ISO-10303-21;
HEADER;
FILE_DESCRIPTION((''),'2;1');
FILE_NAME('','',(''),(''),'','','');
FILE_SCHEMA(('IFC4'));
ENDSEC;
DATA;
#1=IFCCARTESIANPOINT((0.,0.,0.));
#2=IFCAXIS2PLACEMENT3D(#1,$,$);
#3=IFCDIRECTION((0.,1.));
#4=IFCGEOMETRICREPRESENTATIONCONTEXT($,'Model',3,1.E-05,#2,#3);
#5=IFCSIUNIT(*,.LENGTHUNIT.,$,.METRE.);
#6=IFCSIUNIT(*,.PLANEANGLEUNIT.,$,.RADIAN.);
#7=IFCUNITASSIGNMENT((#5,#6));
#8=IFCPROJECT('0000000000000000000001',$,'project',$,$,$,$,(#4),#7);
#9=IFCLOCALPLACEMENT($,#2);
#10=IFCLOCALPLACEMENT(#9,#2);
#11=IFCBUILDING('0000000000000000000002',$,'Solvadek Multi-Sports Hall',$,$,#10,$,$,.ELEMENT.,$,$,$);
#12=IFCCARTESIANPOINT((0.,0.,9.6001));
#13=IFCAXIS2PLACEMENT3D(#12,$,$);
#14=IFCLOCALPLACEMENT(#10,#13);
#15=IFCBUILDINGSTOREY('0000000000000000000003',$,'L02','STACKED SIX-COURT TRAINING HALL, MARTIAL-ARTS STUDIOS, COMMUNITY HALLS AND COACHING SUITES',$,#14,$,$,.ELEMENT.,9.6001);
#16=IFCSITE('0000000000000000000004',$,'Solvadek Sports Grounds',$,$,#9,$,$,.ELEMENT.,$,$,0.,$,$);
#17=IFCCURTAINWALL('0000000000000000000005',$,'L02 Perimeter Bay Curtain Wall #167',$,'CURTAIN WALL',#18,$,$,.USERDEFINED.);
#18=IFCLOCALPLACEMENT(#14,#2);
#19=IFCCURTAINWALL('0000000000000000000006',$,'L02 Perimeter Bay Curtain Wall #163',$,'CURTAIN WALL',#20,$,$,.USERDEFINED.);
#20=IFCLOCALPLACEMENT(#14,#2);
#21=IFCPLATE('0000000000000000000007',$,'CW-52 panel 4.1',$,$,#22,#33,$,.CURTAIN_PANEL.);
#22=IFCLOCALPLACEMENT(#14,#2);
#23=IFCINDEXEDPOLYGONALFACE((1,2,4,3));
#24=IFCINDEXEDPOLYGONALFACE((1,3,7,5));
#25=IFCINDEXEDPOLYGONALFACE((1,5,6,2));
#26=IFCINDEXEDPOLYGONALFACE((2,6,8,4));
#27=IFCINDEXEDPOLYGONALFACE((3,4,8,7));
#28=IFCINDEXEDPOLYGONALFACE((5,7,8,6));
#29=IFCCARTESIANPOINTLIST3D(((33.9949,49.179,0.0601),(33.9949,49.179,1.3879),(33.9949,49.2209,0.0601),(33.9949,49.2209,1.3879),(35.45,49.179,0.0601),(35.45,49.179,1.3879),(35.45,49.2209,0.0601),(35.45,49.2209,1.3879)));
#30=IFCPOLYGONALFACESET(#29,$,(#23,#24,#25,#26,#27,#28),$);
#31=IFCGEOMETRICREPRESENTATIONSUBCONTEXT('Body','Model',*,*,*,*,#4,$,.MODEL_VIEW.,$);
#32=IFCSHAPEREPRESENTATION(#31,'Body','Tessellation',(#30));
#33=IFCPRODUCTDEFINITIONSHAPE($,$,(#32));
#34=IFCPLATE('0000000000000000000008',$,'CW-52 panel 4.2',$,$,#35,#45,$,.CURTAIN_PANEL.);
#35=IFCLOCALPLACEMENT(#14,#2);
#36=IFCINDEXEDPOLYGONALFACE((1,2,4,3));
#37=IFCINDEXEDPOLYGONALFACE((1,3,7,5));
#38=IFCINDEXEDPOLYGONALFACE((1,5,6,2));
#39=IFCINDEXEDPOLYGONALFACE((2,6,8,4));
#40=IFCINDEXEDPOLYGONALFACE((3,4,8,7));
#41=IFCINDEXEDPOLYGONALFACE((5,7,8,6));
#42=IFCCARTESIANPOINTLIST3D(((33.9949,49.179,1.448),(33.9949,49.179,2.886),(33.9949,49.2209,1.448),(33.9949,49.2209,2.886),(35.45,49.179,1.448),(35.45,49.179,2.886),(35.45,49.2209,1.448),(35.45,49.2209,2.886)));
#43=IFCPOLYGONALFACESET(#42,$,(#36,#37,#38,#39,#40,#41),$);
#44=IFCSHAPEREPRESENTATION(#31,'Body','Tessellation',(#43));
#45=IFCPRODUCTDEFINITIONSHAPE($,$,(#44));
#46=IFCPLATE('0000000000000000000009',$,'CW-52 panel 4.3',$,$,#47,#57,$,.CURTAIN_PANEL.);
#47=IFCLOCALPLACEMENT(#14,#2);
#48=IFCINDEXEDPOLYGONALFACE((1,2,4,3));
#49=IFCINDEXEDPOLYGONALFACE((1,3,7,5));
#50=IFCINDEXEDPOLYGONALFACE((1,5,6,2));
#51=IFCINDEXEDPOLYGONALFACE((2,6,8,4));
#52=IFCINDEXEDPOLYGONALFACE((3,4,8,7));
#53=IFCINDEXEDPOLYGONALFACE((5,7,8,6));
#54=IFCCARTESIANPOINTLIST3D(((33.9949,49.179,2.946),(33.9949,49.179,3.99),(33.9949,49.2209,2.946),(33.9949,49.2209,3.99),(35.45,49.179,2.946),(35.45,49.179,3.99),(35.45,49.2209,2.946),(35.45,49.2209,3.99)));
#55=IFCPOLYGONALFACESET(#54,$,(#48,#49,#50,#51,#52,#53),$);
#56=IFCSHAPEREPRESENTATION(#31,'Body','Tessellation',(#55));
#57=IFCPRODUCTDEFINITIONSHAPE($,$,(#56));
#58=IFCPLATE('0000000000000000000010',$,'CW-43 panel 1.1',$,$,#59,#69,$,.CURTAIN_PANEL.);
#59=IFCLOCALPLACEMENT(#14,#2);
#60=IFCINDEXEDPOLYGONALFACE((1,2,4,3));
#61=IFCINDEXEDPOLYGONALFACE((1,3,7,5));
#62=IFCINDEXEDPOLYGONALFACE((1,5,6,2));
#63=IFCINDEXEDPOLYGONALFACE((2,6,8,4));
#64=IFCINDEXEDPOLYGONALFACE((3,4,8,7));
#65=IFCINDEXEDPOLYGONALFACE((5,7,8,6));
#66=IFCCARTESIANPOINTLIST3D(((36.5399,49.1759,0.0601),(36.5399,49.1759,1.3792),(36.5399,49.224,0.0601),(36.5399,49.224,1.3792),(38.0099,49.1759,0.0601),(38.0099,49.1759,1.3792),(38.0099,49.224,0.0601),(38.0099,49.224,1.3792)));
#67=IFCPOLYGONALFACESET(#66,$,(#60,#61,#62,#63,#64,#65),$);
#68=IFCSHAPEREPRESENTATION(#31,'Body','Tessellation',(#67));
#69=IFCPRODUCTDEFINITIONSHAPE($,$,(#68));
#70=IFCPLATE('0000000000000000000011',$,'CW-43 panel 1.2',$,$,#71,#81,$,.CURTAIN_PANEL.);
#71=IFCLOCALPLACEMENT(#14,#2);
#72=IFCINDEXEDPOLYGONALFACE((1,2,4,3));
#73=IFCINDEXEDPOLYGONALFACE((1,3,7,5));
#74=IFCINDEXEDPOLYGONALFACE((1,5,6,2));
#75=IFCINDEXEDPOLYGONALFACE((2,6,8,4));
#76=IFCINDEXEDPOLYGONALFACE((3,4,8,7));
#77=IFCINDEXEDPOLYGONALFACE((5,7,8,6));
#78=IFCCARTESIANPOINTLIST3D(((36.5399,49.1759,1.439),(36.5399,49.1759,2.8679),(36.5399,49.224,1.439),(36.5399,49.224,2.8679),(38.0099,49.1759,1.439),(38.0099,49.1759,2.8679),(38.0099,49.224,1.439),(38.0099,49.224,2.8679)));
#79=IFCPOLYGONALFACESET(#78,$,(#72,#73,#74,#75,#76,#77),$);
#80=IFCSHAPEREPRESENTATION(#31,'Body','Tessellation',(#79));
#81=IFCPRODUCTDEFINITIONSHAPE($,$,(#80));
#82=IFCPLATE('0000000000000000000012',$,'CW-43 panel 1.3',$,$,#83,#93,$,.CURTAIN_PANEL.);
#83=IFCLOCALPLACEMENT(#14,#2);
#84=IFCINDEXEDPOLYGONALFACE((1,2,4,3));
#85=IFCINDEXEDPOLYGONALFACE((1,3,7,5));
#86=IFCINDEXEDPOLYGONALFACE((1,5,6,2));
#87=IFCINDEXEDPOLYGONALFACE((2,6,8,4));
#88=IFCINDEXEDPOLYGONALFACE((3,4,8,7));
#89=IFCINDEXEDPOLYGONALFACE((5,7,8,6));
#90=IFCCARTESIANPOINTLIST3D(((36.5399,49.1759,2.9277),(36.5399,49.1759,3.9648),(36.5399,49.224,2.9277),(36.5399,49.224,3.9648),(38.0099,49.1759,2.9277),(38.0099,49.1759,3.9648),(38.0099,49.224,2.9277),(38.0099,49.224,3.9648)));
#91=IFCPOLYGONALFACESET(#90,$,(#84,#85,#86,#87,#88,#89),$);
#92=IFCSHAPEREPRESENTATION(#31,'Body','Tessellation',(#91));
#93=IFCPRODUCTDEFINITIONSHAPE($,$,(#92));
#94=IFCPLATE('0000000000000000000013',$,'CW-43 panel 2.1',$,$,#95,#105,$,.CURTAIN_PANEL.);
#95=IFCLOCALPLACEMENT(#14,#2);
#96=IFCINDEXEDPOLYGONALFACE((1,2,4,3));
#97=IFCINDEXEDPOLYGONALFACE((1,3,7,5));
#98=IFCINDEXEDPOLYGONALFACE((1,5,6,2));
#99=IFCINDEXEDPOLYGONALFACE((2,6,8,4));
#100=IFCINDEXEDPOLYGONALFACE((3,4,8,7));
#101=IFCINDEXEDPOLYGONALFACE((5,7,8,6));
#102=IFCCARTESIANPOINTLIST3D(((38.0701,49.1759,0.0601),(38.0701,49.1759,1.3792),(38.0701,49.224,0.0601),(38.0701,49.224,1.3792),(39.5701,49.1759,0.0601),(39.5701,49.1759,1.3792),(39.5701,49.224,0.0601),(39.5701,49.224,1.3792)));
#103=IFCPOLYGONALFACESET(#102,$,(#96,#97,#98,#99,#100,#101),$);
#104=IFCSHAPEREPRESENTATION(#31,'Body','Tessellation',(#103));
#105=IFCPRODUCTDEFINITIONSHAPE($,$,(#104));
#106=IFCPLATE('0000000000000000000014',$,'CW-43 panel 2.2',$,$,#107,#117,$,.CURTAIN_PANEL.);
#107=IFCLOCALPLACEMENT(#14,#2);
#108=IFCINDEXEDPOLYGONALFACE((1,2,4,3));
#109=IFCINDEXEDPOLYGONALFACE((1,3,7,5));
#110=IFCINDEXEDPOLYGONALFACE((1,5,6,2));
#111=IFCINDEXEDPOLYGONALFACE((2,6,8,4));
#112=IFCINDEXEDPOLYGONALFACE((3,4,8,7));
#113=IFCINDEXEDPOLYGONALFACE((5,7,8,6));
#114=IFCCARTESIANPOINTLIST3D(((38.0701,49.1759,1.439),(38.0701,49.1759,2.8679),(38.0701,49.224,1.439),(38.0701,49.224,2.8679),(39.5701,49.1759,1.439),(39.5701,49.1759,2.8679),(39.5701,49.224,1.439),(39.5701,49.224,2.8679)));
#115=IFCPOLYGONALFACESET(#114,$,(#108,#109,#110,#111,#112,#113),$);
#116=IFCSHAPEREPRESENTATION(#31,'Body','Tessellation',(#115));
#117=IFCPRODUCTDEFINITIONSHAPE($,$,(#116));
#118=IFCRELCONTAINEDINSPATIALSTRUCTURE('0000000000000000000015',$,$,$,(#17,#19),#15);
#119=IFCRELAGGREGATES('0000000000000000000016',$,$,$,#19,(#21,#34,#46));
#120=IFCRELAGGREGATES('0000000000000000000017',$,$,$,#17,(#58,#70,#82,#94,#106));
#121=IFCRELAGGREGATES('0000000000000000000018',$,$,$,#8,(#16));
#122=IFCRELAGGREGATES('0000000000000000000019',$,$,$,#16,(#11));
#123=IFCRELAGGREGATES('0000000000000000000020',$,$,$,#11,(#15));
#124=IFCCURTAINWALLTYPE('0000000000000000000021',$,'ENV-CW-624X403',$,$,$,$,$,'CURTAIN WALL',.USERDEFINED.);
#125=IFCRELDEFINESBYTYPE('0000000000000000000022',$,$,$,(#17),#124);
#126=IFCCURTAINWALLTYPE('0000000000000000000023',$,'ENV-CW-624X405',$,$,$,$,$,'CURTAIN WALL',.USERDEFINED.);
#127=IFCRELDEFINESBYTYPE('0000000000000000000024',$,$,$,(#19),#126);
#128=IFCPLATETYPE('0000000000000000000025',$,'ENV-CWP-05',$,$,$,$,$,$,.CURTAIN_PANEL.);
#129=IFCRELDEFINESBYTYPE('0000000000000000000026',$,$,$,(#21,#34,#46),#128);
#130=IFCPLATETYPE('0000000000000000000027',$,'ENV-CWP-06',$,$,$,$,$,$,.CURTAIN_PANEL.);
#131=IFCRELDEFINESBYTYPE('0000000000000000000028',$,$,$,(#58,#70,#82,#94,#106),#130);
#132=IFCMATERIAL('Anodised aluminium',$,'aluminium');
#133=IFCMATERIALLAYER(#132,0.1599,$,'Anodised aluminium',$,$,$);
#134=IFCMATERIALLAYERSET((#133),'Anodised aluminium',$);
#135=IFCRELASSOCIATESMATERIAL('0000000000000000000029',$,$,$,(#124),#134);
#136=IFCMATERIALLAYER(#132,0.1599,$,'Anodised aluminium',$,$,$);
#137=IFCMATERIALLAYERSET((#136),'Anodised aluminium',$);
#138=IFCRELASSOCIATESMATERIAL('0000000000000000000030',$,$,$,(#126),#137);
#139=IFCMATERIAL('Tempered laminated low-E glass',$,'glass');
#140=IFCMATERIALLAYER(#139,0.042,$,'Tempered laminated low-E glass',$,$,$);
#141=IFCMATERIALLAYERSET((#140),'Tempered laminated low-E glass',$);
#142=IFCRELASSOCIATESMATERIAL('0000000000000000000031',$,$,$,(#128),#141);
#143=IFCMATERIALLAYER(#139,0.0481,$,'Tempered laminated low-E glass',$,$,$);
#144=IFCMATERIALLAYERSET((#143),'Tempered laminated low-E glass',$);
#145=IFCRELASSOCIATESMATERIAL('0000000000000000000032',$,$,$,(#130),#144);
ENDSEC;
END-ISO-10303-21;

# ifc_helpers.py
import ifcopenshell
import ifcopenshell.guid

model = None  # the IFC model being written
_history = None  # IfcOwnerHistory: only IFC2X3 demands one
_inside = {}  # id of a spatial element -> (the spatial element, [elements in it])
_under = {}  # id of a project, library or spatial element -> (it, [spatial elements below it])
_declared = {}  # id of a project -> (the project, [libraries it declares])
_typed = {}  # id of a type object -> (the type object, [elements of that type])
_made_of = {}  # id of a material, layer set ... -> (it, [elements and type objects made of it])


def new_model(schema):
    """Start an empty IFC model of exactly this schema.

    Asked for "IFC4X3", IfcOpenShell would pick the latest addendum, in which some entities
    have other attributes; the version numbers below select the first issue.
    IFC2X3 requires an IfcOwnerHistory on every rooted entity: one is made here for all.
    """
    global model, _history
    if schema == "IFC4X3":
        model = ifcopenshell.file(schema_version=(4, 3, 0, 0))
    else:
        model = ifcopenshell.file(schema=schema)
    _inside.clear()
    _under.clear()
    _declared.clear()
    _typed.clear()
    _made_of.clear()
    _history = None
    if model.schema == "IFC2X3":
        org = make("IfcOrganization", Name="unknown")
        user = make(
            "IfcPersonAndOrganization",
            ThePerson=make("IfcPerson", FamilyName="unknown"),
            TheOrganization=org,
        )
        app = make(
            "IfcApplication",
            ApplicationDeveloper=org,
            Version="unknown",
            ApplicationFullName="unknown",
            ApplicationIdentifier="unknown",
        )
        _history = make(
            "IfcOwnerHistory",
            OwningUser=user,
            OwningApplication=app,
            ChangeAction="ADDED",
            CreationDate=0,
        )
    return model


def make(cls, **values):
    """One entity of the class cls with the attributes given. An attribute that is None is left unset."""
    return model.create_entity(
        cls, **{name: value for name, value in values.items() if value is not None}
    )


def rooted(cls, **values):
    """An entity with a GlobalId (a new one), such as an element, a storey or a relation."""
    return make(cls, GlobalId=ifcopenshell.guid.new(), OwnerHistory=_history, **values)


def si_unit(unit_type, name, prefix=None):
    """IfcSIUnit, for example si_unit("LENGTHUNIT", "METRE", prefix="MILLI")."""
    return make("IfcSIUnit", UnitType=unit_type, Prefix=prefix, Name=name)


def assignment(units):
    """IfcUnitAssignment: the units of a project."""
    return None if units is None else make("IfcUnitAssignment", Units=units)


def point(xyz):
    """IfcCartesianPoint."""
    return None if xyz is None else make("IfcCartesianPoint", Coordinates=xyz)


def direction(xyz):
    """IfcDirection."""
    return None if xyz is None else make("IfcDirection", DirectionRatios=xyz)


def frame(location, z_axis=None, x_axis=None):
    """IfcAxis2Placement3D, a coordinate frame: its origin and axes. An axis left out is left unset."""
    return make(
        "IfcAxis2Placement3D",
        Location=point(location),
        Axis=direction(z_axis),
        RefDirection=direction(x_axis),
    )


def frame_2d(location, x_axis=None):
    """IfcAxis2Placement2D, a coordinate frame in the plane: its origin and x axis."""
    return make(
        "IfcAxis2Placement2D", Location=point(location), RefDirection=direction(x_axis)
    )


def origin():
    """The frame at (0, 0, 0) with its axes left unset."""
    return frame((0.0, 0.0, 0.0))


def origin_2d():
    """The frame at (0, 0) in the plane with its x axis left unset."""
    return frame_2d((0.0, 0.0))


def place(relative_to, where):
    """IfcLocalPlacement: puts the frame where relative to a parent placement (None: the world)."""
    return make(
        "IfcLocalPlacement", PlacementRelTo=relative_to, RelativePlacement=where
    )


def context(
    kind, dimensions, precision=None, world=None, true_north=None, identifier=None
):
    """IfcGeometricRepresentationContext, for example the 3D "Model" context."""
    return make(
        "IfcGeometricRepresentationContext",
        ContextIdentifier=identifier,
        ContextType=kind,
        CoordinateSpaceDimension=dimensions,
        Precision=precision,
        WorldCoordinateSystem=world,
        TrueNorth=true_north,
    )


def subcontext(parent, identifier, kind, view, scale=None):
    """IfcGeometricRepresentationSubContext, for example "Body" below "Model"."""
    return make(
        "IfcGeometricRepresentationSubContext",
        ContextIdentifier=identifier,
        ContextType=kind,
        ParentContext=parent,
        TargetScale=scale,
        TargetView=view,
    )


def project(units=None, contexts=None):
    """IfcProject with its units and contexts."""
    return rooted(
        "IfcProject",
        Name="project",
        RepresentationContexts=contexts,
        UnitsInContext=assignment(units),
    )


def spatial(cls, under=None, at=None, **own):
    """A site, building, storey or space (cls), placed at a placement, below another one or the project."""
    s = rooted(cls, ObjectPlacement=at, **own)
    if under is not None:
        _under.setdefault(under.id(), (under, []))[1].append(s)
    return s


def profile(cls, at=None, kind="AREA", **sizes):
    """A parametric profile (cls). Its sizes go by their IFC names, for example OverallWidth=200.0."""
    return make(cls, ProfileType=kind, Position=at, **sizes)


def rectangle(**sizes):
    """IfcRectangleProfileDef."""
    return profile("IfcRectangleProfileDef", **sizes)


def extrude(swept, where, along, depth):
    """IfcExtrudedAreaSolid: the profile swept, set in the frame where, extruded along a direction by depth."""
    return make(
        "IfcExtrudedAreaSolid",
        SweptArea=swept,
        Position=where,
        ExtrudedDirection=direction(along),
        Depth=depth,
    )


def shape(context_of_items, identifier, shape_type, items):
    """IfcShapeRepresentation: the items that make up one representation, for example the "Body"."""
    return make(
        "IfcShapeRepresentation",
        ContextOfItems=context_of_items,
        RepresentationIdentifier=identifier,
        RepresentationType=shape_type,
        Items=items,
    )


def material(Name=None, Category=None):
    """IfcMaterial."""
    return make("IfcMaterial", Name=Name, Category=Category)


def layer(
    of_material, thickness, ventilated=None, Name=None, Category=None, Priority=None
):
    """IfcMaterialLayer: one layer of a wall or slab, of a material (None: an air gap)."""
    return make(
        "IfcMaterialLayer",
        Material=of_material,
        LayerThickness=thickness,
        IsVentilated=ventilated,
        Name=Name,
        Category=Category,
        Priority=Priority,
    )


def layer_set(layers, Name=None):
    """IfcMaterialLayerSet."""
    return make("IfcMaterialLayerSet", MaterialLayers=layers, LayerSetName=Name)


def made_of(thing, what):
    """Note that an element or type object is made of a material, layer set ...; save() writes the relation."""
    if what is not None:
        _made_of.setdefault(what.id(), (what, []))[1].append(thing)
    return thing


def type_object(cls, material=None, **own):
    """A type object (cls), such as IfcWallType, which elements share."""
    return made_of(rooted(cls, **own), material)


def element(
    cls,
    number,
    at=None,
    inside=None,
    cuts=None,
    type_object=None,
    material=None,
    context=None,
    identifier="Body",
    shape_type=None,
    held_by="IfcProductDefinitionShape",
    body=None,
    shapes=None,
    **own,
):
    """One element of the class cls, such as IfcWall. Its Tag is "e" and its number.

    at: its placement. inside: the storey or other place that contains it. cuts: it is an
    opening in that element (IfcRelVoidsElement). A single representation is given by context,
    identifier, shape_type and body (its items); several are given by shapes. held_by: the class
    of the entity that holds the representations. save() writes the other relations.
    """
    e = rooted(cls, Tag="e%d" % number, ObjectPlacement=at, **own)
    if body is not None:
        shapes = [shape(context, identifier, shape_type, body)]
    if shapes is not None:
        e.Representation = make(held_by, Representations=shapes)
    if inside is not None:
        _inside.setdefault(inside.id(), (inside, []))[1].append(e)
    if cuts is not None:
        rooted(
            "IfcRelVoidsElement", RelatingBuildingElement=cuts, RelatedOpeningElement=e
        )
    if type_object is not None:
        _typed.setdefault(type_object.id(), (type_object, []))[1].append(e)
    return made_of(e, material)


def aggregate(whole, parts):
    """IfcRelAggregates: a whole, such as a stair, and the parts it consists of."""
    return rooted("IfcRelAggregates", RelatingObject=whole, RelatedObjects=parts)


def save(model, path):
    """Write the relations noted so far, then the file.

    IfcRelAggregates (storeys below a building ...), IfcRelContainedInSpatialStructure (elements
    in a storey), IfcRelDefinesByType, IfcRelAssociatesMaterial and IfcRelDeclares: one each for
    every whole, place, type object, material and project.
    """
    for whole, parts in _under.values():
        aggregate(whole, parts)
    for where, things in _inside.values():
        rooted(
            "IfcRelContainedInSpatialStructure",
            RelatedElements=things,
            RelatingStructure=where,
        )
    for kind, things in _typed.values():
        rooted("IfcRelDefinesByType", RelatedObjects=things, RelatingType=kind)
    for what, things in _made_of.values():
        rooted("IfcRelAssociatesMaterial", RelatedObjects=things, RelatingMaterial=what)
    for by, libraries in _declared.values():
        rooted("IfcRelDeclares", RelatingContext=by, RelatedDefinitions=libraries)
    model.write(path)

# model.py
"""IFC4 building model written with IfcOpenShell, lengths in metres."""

from ifc_helpers import new_model, si_unit, direction, frame, origin, origin_2d, place, context, subcontext, project, spatial, rectangle, extrude, material, layer, layer_set, type_object, element, aggregate, save


model = new_model("IFC4")

# Units and contexts
model_context = context("Model", 3, precision=1e-05, world=origin(), true_north=direction((0.0, 1.0)))
body_context = subcontext(model_context, "Body", "Model", "MODEL_VIEW")
ifc_project = project(units=[si_unit("LENGTHUNIT", "METRE"), si_unit("PLANEANGLEUNIT", "RADIAN")], contexts=[model_context])

# Site, building, storey
site_placement = place(None, origin())
site = spatial("IfcSite", under=ifc_project, at=site_placement, Name="Solvadek Sports Grounds", CompositionType="ELEMENT", RefElevation=0.0)
building_placement = place(site_placement, origin())
building = spatial("IfcBuilding", under=site, at=building_placement, Name="Solvadek Multi-Sports Hall", CompositionType="ELEMENT")
storey_placement = place(building_placement, frame((0.0, 0.0, 9.6001)))
storey = spatial("IfcBuildingStorey", under=building, at=storey_placement, Name="L02", Description="STACKED SIX-COURT TRAINING HALL, MARTIAL-ARTS STUDIOS, COMMUNITY HALLS AND COACHING SUITES", CompositionType="ELEMENT", Elevation=9.6001)

# Curtain walls
ifc_material_1 = material(Name="Anodised aluminium", Category="aluminium")
ifc_layer_1 = layer(ifc_material_1, 0.1599, Name="Anodised aluminium")
ifc_layer_set_1 = layer_set([ifc_layer_1], Name="Anodised aluminium")
curtain_wall_type_1 = type_object("IfcCurtainWallType", Name="ENV-CW-624X403", ElementType="CURTAIN WALL", PredefinedType="USERDEFINED", material=ifc_layer_set_1)
curtain_wall_1_placement = place(storey_placement, origin())
curtain_wall_1 = element("IfcCurtainWall", 1, at=curtain_wall_1_placement, inside=storey, type_object=curtain_wall_type_1, Name="L02 Perimeter Bay Curtain Wall #167", ObjectType="CURTAIN WALL", PredefinedType="USERDEFINED")
ifc_layer_2 = layer(ifc_material_1, 0.1599, Name="Anodised aluminium")
ifc_layer_set_2 = layer_set([ifc_layer_2], Name="Anodised aluminium")
curtain_wall_type_2 = type_object("IfcCurtainWallType", Name="ENV-CW-624X405", ElementType="CURTAIN WALL", PredefinedType="USERDEFINED", material=ifc_layer_set_2)
curtain_wall_2_placement = place(storey_placement, origin())
curtain_wall_2 = element("IfcCurtainWall", 2, at=curtain_wall_2_placement, inside=storey, type_object=curtain_wall_type_2, Name="L02 Perimeter Bay Curtain Wall #163", ObjectType="CURTAIN WALL", PredefinedType="USERDEFINED")

# Plates
ifc_material_2 = material(Name="Tempered laminated low-E glass", Category="glass")
ifc_layer_3 = layer(ifc_material_2, 0.042, Name="Tempered laminated low-E glass")
ifc_layer_set_3 = layer_set([ifc_layer_3], Name="Tempered laminated low-E glass")
plate_type_1 = type_object("IfcPlateType", Name="ENV-CWP-05", PredefinedType="CURTAIN_PANEL", material=ifc_layer_set_3)
plate_1_placement = place(storey_placement, frame((34.7224, 49.2, 0.0601), z_axis=(0.0, 0.0, 1.0), x_axis=(1.0, 0.0, 0.0)))
plate_1 = element("IfcPlate", 3, at=plate_1_placement, type_object=plate_type_1, Name="CW-52 panel 4.1", PredefinedType="CURTAIN_PANEL", context=body_context, shape_type="SweptSolid", body=[
    extrude(rectangle(XDim=1.4551, YDim=0.042, at=origin_2d()), origin(), (0.0, 0.0, 1.0), 1.3279),
])
plate_2_placement = place(storey_placement, frame((34.7224, 49.2, 1.448), z_axis=(0.0, 0.0, 1.0), x_axis=(1.0, 0.0, 0.0)))
plate_2 = element("IfcPlate", 4, at=plate_2_placement, type_object=plate_type_1, Name="CW-52 panel 4.2", PredefinedType="CURTAIN_PANEL", context=body_context, shape_type="SweptSolid", body=[
    extrude(rectangle(XDim=1.4551, YDim=0.042, at=origin_2d()), origin(), (0.0, 0.0, 1.0), 1.438),
])
plate_3_placement = place(storey_placement, frame((34.7224, 49.2, 2.946), z_axis=(0.0, 0.0, 1.0), x_axis=(1.0, 0.0, 0.0)))
plate_3 = element("IfcPlate", 5, at=plate_3_placement, type_object=plate_type_1, Name="CW-52 panel 4.3", PredefinedType="CURTAIN_PANEL", context=body_context, shape_type="SweptSolid", body=[
    extrude(rectangle(XDim=1.4551, YDim=0.042, at=origin_2d()), origin(), (0.0, 0.0, 1.0), 1.0439),
])
aggregate(curtain_wall_2, [plate_1, plate_2, plate_3])
ifc_layer_4 = layer(ifc_material_2, 0.0481, Name="Tempered laminated low-E glass")
ifc_layer_set_4 = layer_set([ifc_layer_4], Name="Tempered laminated low-E glass")
plate_type_2 = type_object("IfcPlateType", Name="ENV-CWP-06", PredefinedType="CURTAIN_PANEL", material=ifc_layer_set_4)
plate_4_placement = place(storey_placement, frame((37.2749, 49.2, 0.0601), z_axis=(0.0, 0.0, 1.0), x_axis=(1.0, 0.0, 0.0)))
plate_4 = element("IfcPlate", 6, at=plate_4_placement, type_object=plate_type_2, Name="CW-43 panel 1.1", PredefinedType="CURTAIN_PANEL", context=body_context, shape_type="SweptSolid", body=[
    extrude(rectangle(XDim=1.47, YDim=0.0481, at=origin_2d()), origin(), (0.0, 0.0, 1.0), 1.3191),
])
plate_5_placement = place(storey_placement, frame((37.2749, 49.2, 1.439), z_axis=(0.0, 0.0, 1.0), x_axis=(1.0, 0.0, 0.0)))
plate_5 = element("IfcPlate", 7, at=plate_5_placement, type_object=plate_type_2, Name="CW-43 panel 1.2", PredefinedType="CURTAIN_PANEL", context=body_context, shape_type="SweptSolid", body=[
    extrude(rectangle(XDim=1.47, YDim=0.0481, at=origin_2d()), origin(), (0.0, 0.0, 1.0), 1.429),
])
plate_6_placement = place(storey_placement, frame((37.2749, 49.2, 2.9277), z_axis=(0.0, 0.0, 1.0), x_axis=(1.0, 0.0, 0.0)))
plate_6 = element("IfcPlate", 8, at=plate_6_placement, type_object=plate_type_2, Name="CW-43 panel 1.3", PredefinedType="CURTAIN_PANEL", context=body_context, shape_type="SweptSolid", body=[
    extrude(rectangle(XDim=1.47, YDim=0.0481, at=origin_2d()), origin(), (0.0, 0.0, 1.0), 1.0371),
])
plate_7_placement = place(storey_placement, frame((38.8201, 49.2, 0.0601), z_axis=(0.0, 0.0, 1.0), x_axis=(1.0, 0.0, 0.0)))
plate_7 = element("IfcPlate", 9, at=plate_7_placement, type_object=plate_type_2, Name="CW-43 panel 2.1", PredefinedType="CURTAIN_PANEL", context=body_context, shape_type="SweptSolid", body=[
    extrude(rectangle(XDim=1.5, YDim=0.0481, at=origin_2d()), origin(), (0.0, 0.0, 1.0), 1.3191),
])
plate_8_placement = place(storey_placement, frame((38.8201, 49.2, 1.439), z_axis=(0.0, 0.0, 1.0), x_axis=(1.0, 0.0, 0.0)))
plate_8 = element("IfcPlate", 10, at=plate_8_placement, type_object=plate_type_2, Name="CW-43 panel 2.2", PredefinedType="CURTAIN_PANEL", context=body_context, shape_type="SweptSolid", body=[
    extrude(rectangle(XDim=1.5, YDim=0.0481, at=origin_2d()), origin(), (0.0, 0.0, 1.0), 1.429),
])
aggregate(curtain_wall_1, [plate_4, plate_5, plate_6, plate_7, plate_8])

save(model, "model.ifc")
